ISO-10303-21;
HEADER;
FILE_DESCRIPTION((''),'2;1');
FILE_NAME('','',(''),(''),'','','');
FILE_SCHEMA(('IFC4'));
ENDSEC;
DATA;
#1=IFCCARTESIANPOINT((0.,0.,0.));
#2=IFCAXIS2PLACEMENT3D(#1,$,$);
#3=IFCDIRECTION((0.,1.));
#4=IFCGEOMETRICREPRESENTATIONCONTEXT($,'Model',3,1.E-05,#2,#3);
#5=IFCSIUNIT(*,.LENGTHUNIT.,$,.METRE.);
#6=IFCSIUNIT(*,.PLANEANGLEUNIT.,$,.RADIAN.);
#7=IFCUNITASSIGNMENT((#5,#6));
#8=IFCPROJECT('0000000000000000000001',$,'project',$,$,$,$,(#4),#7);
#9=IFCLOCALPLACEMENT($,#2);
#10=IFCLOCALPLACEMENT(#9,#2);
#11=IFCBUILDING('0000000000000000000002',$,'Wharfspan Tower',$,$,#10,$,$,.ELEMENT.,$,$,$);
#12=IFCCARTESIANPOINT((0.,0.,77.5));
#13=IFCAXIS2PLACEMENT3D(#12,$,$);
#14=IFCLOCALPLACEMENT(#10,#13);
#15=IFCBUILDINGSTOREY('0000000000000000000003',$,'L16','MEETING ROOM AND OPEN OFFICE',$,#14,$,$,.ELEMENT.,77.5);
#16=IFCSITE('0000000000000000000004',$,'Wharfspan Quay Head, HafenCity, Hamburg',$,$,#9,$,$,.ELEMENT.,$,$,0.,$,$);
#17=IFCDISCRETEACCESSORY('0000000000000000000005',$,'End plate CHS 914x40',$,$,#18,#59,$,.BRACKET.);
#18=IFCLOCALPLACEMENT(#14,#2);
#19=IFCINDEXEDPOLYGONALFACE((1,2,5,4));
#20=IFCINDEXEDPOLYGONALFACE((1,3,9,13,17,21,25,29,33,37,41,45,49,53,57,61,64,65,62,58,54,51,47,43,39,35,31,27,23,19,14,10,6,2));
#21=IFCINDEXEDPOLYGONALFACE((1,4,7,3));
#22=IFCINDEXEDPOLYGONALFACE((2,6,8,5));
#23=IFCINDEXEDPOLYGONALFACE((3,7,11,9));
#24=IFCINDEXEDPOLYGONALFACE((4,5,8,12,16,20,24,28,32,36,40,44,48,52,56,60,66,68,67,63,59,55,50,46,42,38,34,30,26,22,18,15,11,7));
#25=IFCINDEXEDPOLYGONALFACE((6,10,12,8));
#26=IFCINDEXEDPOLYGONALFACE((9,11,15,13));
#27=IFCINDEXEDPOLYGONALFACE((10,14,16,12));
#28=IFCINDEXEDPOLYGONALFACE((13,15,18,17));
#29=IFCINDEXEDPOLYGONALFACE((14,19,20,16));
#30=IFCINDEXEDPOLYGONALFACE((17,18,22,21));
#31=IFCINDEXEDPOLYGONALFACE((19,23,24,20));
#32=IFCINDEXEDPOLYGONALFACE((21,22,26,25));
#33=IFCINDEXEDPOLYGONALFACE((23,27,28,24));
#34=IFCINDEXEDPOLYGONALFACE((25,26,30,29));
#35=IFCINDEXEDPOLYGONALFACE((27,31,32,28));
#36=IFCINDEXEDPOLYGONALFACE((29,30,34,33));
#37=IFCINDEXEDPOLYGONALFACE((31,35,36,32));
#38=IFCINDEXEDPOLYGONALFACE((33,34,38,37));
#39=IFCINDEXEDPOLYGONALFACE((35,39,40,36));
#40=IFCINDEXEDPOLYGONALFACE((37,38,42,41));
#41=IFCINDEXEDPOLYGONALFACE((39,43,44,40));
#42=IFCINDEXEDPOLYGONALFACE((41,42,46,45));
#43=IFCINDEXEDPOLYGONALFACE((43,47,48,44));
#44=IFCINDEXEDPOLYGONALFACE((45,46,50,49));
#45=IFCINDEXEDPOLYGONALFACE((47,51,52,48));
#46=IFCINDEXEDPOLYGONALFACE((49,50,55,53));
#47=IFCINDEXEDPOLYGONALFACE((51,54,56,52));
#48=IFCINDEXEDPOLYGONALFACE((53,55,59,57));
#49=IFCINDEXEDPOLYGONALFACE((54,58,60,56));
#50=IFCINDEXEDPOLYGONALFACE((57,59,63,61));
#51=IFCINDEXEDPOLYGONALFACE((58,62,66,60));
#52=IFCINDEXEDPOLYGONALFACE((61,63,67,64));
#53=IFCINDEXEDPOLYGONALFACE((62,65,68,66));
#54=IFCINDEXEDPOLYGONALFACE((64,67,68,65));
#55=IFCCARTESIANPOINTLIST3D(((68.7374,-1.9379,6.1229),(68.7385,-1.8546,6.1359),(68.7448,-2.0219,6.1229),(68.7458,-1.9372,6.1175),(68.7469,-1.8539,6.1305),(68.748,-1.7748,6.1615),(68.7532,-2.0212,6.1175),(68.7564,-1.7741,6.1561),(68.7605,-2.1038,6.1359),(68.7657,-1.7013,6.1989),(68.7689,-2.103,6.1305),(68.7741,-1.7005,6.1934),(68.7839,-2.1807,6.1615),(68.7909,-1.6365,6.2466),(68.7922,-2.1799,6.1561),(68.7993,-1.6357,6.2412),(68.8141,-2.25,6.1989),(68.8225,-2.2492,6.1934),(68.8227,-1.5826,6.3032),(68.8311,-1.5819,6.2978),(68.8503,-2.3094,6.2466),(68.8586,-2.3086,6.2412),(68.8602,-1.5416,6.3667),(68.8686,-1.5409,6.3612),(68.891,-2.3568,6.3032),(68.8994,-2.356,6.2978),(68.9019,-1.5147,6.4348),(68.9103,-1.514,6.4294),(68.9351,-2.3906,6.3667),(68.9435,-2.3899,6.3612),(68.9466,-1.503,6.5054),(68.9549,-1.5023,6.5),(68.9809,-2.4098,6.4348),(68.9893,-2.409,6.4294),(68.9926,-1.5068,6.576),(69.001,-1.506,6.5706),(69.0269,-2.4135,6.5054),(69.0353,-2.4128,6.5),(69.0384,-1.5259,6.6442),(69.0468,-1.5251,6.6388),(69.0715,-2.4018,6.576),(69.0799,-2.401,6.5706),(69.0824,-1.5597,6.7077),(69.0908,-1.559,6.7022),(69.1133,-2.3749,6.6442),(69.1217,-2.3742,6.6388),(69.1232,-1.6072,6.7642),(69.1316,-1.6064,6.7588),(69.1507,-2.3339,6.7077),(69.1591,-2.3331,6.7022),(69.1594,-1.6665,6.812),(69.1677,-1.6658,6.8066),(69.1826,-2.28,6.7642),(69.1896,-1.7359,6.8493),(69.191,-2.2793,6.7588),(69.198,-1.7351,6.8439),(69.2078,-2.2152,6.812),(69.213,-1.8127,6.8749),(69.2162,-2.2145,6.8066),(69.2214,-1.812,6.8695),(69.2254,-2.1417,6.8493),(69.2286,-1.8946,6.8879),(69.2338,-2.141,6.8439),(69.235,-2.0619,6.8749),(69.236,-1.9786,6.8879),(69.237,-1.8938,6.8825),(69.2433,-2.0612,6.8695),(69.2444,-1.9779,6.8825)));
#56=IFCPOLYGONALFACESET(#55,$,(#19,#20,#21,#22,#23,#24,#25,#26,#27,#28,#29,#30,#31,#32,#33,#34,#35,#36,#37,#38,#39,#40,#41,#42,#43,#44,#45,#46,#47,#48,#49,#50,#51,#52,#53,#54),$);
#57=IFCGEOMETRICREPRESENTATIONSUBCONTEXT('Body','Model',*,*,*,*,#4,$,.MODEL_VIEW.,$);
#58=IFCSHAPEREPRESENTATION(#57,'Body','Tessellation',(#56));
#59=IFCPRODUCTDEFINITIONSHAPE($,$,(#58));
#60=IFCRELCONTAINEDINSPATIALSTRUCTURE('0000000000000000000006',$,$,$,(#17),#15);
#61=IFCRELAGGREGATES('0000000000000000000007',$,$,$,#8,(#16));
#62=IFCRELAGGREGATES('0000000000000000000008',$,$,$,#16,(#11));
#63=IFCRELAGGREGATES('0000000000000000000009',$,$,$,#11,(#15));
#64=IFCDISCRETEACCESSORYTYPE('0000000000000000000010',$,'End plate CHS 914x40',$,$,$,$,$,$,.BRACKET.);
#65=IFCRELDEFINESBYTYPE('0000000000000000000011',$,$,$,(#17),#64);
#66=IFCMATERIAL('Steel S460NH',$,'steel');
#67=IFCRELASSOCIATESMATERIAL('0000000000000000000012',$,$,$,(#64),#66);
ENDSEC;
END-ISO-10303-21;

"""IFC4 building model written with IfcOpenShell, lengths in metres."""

from ifc_helpers import new_model, si_unit, direction, frame, origin, origin_2d, place, context, subcontext, project, spatial, circle, extrude, material, material_profile, profile_set, type_object, element, save


model = new_model("IFC4")

# Units and contexts
model_context = context("Model", 3, precision=1e-05, world=origin(), true_north=direction((0.0, 1.0)))
body_context = subcontext(model_context, "Body", "Model", "MODEL_VIEW")
ifc_project = project(units=[si_unit("LENGTHUNIT", "METRE"), si_unit("PLANEANGLEUNIT", "RADIAN")], contexts=[model_context])

# Site, building, storey
site_placement = place(None, origin())
site = spatial("IfcSite", under=ifc_project, at=site_placement, Name="Wharfspan Quay Head, HafenCity, Hamburg", CompositionType="ELEMENT", RefElevation=0.0)
building_placement = place(site_placement, origin())
building = spatial("IfcBuilding", under=site, at=building_placement, Name="Wharfspan Tower", CompositionType="ELEMENT")
storey_placement = place(building_placement, frame((0.0, 0.0, 77.5)))
storey = spatial("IfcBuildingStorey", under=building, at=storey_placement, Name="L16", Description="MEETING ROOM AND OPEN OFFICE", CompositionType="ELEMENT", Elevation=77.5)

# Discrete accessory
ifc_material_1 = material(Name="Steel S460NH", Category="steel")
ifc_material_profile_1 = material_profile(ifc_material_1, circle(Radius=0.457, at=origin_2d()))
ifc_profile_set_1 = profile_set([ifc_material_profile_1], Name="Steel S460NH")
discrete_accessory_type = type_object("IfcDiscreteAccessoryType", Name="End plate CHS 914x40", PredefinedType="BRACKET", material=ifc_profile_set_1)
discrete_accessory_placement = place(storey_placement, frame((68.9951, -1.9575, 6.5), z_axis=(-0.837276, -0.073877, 0.541767), x_axis=(0.087893, -0.996132, -0.000001)))
element("IfcDiscreteAccessory", 1, at=discrete_accessory_placement, inside=storey, type_object=discrete_accessory_type, Name="End plate CHS 914x40", PredefinedType="BRACKET", context=body_context, shape_type="SweptSolid", body=[
    extrude(circle(Radius=0.457, at=origin_2d()), origin(), (0.0, 0.0, 1.0), 0.01),
])

save(model, "model.ifc")
